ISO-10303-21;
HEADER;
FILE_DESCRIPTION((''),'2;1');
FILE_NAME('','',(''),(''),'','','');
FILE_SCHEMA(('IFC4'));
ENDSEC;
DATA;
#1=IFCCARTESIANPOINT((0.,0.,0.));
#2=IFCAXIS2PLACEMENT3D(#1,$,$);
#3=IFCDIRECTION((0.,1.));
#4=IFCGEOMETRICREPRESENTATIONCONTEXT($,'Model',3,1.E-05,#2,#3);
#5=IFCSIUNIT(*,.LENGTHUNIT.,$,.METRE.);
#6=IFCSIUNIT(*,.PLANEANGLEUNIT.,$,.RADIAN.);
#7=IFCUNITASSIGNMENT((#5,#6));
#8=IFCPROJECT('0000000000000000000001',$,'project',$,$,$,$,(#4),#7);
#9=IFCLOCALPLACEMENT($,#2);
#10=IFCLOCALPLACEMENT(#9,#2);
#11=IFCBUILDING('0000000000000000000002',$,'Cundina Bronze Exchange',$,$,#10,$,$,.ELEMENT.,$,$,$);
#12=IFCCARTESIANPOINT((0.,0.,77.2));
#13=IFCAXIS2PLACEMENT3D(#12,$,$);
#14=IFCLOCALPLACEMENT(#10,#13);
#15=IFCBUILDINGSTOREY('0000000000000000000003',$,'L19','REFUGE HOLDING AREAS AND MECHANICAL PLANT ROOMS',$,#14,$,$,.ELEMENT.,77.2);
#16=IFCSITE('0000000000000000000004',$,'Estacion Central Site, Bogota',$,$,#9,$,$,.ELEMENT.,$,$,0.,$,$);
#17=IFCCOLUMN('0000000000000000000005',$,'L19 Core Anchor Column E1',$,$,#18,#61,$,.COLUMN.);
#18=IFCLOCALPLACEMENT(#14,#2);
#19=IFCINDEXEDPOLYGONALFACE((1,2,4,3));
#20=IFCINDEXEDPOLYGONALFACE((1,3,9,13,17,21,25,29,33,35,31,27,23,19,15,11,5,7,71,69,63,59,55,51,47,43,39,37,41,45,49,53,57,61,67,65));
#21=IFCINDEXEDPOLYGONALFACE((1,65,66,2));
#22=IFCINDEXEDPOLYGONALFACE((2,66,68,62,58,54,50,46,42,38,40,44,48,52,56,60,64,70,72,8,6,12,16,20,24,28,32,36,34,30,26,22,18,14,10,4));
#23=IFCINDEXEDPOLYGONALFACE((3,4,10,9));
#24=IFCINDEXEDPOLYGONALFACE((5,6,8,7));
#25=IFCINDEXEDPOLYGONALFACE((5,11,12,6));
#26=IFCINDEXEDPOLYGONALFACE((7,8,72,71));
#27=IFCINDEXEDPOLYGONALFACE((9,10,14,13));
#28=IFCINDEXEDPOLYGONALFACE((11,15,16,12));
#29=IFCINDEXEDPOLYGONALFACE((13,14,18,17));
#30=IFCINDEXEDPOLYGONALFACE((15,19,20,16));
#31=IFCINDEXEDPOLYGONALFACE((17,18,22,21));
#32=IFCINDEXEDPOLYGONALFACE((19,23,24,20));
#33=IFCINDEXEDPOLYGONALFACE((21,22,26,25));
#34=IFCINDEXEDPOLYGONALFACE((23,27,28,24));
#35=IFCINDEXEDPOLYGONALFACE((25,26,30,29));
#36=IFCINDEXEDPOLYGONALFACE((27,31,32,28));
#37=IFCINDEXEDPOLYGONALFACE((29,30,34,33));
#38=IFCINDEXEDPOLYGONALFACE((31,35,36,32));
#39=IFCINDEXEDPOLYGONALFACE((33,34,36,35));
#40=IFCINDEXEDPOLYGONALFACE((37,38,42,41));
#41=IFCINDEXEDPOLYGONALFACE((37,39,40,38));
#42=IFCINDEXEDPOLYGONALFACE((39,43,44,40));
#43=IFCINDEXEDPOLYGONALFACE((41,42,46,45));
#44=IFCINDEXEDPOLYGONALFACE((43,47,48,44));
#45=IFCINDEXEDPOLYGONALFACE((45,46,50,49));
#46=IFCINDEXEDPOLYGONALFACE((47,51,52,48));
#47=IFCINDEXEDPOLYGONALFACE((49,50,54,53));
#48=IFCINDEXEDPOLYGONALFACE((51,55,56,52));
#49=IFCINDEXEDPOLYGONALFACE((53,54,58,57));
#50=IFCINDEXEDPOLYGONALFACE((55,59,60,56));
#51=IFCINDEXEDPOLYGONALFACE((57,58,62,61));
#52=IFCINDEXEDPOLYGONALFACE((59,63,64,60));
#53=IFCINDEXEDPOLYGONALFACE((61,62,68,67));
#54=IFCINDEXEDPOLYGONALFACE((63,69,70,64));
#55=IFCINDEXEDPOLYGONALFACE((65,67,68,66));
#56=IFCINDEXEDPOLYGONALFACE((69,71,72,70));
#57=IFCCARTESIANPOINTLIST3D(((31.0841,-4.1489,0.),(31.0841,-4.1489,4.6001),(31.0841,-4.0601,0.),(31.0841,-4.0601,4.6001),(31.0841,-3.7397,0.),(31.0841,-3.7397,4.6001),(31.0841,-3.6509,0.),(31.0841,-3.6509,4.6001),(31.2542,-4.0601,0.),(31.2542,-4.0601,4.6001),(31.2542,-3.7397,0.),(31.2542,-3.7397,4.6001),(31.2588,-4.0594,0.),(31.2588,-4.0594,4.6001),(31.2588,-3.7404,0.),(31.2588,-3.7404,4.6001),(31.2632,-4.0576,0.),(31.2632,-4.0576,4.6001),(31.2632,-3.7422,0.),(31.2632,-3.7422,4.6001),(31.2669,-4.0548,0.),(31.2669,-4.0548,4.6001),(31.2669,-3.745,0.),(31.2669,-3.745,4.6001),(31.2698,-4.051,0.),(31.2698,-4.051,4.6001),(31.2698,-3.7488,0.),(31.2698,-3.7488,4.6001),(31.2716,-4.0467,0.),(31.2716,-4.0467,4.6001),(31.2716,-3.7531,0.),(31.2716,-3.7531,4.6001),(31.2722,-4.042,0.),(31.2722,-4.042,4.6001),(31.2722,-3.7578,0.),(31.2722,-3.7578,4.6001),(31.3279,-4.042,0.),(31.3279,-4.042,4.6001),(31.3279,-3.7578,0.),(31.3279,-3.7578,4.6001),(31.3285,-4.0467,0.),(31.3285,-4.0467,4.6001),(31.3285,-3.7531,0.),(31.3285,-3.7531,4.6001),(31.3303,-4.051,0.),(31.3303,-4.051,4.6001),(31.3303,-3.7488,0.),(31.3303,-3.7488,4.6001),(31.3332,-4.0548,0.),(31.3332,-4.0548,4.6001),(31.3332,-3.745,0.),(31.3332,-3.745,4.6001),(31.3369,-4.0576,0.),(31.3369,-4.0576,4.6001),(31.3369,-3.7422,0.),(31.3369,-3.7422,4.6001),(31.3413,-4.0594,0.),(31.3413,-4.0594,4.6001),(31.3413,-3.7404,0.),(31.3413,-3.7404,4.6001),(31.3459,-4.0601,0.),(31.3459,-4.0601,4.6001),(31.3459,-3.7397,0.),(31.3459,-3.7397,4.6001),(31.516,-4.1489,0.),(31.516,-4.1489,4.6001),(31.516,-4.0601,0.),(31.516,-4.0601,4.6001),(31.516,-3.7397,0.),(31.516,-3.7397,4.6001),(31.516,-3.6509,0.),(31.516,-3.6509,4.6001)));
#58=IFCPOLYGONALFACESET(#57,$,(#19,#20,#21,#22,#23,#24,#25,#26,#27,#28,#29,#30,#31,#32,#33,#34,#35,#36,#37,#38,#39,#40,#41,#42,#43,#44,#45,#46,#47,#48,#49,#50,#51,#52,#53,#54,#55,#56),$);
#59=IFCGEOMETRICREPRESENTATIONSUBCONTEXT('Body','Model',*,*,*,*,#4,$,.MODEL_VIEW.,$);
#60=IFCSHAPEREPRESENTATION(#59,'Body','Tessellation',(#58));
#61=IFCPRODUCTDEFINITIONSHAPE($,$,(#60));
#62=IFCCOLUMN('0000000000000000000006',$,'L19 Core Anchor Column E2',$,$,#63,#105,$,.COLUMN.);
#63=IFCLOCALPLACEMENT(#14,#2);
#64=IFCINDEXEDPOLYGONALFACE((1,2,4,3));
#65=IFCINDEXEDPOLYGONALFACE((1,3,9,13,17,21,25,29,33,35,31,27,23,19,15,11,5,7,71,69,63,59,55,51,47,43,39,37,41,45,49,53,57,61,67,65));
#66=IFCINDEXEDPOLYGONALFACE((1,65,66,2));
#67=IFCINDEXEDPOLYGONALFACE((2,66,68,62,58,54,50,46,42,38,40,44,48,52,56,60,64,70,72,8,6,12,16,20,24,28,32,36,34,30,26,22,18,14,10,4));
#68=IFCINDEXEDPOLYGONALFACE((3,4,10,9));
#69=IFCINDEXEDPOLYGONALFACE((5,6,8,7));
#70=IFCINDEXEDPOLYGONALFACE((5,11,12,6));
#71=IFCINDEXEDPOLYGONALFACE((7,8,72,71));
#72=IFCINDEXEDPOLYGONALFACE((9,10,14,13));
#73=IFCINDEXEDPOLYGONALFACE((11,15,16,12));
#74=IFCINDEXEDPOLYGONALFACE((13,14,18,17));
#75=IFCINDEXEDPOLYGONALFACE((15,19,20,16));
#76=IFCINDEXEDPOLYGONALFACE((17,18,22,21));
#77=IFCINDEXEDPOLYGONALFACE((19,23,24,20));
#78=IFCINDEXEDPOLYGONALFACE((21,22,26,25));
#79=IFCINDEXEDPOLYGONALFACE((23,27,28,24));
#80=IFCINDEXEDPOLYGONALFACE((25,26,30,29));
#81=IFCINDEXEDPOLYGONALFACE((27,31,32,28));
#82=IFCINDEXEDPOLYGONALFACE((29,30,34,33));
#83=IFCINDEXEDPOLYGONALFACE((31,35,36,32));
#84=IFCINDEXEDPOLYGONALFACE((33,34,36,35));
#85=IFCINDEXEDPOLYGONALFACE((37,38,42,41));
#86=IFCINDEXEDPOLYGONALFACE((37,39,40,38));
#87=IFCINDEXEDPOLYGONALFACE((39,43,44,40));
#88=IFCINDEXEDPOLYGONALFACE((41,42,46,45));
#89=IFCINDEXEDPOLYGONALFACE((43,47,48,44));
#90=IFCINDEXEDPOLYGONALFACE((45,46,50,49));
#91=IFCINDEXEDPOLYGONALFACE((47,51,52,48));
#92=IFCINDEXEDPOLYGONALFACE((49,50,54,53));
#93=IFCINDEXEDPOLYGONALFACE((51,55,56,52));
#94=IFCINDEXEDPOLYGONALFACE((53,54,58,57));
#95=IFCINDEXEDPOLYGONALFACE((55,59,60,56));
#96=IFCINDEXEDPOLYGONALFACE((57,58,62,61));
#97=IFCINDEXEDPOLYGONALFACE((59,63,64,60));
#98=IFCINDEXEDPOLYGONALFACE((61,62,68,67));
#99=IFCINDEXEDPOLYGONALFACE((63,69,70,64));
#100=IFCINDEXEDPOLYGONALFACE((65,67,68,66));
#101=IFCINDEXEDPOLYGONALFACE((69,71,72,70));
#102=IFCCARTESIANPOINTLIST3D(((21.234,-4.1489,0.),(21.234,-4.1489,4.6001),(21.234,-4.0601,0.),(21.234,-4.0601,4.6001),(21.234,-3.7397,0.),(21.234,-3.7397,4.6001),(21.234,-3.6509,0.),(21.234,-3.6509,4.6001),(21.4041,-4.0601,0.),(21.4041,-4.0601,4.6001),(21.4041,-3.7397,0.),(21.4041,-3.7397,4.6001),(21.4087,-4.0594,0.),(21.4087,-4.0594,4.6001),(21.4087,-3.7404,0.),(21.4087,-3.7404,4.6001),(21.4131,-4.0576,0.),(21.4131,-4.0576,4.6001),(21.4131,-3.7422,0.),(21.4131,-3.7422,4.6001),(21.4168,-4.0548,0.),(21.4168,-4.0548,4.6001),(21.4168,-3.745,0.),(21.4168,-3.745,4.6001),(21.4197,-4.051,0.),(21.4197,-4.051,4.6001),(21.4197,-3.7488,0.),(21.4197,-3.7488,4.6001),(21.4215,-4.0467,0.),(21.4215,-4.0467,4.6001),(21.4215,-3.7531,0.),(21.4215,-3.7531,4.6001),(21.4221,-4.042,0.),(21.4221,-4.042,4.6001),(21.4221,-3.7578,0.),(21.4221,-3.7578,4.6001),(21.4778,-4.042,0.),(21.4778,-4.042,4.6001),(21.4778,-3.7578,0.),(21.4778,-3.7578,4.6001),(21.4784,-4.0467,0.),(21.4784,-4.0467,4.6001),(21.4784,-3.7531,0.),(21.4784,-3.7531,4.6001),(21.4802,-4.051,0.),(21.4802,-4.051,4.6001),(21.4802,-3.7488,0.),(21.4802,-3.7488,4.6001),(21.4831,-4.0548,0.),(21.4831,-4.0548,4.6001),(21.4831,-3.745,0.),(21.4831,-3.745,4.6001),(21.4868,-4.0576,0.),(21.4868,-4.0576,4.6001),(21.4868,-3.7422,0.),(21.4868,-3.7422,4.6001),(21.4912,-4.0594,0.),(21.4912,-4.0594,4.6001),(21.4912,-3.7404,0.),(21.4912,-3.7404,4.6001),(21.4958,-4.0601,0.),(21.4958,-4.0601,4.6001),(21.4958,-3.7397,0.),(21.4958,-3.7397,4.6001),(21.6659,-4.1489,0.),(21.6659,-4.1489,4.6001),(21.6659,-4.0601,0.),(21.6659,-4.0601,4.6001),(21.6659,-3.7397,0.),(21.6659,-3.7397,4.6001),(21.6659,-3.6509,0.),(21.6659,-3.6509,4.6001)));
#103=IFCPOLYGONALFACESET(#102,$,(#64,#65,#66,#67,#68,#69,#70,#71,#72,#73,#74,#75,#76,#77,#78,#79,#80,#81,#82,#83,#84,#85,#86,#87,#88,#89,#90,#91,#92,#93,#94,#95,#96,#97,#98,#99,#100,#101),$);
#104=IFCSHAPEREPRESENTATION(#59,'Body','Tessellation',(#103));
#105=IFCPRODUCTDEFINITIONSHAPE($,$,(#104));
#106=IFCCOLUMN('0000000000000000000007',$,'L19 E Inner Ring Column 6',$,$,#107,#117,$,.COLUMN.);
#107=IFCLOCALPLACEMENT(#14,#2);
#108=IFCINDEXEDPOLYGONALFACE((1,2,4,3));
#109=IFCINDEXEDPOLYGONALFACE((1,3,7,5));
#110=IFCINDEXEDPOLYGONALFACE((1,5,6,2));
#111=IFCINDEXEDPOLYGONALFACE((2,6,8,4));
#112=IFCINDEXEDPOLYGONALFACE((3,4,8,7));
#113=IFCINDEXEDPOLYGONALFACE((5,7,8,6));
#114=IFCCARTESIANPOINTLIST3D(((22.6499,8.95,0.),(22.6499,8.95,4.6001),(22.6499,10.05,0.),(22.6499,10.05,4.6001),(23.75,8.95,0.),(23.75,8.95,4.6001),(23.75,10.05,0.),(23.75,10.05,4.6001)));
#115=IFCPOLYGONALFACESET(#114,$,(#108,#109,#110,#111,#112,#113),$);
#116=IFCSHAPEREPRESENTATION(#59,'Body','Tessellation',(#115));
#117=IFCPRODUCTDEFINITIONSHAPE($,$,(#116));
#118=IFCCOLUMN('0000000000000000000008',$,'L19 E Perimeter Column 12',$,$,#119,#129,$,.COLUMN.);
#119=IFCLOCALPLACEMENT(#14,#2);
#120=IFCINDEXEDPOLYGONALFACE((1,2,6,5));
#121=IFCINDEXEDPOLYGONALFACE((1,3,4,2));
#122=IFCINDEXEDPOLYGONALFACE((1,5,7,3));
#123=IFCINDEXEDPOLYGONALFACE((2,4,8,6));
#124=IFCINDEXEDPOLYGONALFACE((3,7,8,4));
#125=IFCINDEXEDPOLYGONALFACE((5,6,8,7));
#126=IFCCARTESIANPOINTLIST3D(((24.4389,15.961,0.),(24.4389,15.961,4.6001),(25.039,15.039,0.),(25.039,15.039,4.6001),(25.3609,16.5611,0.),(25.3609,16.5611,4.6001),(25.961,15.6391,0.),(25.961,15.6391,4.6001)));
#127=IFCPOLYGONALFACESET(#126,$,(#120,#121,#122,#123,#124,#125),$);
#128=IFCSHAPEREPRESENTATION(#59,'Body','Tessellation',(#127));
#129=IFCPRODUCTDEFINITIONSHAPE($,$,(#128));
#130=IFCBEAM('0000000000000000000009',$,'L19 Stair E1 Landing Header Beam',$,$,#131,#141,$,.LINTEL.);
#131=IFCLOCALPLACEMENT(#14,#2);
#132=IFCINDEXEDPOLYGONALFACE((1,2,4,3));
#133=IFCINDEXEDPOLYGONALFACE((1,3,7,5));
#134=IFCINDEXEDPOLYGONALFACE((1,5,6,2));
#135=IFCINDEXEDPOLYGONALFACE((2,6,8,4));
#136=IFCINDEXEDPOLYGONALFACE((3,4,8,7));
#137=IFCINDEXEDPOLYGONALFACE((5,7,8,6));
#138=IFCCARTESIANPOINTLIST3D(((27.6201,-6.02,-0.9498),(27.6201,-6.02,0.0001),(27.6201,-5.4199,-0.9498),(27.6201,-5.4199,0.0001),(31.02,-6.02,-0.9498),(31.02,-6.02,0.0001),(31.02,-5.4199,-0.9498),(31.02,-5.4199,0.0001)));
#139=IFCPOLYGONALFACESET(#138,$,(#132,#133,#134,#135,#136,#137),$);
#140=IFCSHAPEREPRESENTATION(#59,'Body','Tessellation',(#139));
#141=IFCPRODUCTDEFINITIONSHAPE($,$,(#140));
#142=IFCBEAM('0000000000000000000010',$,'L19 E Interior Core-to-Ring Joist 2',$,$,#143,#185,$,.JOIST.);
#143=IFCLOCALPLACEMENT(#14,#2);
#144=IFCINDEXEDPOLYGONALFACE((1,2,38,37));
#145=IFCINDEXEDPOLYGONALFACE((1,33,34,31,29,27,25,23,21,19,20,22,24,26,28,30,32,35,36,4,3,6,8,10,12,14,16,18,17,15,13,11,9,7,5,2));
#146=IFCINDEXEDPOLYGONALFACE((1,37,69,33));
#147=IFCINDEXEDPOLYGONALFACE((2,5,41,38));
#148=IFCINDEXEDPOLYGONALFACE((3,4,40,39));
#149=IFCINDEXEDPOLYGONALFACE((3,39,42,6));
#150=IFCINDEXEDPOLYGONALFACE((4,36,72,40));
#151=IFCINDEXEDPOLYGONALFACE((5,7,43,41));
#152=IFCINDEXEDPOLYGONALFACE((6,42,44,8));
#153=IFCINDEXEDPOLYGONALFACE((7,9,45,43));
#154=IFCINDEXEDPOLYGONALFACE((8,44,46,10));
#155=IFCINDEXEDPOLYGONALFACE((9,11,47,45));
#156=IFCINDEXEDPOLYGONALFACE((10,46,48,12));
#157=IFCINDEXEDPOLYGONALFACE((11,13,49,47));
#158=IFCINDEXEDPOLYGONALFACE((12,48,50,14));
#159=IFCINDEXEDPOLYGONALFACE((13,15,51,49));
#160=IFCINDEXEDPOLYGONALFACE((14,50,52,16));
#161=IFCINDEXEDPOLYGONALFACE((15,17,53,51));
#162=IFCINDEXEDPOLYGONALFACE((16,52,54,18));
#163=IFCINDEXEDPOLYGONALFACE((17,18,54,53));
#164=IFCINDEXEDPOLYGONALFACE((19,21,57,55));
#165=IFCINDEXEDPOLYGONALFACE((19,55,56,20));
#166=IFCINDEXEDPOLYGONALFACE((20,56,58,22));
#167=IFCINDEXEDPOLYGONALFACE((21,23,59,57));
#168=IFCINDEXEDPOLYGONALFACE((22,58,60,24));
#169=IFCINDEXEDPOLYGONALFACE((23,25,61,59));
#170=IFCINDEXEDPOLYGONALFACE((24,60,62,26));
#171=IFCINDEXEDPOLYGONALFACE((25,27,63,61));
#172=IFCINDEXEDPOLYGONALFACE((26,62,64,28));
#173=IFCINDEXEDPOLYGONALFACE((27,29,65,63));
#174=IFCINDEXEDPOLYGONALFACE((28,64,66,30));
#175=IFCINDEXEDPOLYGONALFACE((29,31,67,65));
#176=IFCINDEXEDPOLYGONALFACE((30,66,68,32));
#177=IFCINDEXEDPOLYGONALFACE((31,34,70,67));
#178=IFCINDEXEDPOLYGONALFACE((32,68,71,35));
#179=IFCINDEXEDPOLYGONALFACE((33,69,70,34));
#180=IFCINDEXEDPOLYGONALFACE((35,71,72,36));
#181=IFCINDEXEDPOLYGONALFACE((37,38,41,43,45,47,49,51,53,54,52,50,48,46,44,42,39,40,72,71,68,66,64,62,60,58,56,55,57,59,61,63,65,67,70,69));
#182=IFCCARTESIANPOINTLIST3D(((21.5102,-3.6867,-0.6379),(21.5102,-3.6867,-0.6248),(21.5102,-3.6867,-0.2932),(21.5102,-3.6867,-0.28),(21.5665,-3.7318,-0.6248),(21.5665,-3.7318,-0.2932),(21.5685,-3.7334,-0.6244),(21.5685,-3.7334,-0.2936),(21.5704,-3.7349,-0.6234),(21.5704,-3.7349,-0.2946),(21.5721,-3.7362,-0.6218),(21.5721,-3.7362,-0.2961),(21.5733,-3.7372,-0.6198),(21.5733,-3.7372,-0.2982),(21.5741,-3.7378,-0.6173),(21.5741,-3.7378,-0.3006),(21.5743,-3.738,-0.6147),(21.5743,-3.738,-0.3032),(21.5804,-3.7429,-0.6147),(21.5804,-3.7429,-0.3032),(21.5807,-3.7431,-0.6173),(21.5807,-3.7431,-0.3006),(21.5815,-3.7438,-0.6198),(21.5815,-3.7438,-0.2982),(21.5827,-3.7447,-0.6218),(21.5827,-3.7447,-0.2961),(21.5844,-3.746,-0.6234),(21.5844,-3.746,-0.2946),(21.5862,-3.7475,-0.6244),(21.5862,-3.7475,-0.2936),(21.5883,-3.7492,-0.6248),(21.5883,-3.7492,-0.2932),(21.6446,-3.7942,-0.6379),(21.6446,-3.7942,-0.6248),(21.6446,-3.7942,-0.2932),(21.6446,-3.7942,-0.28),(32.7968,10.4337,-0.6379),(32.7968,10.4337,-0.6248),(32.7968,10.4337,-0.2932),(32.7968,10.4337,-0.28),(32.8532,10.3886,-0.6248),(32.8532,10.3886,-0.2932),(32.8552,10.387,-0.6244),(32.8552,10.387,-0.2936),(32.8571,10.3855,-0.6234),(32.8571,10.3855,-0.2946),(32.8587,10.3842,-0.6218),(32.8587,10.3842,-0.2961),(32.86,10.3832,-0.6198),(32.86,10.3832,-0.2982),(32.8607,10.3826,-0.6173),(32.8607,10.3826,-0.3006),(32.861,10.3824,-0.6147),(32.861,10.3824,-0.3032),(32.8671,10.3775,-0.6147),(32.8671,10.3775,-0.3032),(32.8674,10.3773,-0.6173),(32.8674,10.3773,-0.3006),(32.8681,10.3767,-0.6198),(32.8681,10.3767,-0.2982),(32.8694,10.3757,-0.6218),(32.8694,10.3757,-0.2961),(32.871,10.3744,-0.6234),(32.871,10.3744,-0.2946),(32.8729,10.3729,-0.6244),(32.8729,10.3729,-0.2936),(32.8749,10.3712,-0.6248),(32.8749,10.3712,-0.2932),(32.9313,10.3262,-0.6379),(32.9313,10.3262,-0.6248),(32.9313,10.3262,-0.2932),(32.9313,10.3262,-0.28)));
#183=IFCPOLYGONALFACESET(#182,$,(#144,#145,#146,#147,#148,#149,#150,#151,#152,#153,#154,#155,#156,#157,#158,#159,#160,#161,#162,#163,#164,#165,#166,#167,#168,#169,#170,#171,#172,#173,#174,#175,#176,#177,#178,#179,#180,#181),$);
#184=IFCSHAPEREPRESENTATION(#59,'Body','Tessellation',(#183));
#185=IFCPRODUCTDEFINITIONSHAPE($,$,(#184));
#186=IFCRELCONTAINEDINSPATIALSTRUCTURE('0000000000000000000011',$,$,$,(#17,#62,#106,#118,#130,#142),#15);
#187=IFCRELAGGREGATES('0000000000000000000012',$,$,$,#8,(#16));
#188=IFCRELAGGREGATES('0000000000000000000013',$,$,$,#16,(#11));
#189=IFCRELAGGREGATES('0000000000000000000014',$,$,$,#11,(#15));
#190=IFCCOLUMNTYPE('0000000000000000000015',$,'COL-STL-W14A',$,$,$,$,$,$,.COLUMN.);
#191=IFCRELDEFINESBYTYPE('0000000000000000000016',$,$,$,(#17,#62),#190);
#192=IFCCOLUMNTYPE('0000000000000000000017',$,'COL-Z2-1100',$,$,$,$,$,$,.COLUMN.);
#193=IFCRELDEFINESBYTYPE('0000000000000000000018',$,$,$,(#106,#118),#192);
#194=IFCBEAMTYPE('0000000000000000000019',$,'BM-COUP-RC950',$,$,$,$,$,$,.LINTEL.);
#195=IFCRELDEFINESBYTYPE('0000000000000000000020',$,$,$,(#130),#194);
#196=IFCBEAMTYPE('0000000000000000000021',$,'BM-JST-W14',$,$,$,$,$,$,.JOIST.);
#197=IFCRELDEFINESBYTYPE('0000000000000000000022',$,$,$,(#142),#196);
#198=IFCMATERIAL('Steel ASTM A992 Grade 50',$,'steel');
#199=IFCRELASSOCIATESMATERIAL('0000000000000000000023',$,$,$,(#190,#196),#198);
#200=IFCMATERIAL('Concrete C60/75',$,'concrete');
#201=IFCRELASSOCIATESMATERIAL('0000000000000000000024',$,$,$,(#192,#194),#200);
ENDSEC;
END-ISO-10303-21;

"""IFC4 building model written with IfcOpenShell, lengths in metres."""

from ifc_helpers import new_model, si_unit, direction, frame, origin, origin_2d, place, context, subcontext, project, spatial, rectangle, i_section, extrude, material, material_profile, profile_set, type_object, element, save


model = new_model("IFC4")

# Units and contexts
model_context = context("Model", 3, precision=1e-05, world=origin(), true_north=direction((0.0, 1.0)))
body_context = subcontext(model_context, "Body", "Model", "MODEL_VIEW")
ifc_project = project(units=[si_unit("LENGTHUNIT", "METRE"), si_unit("PLANEANGLEUNIT", "RADIAN")], contexts=[model_context])

# Site, building, storey
site_placement = place(None, origin())
site = spatial("IfcSite", under=ifc_project, at=site_placement, Name="Estacion Central Site, Bogota", CompositionType="ELEMENT", RefElevation=0.0)
building_placement = place(site_placement, origin())
building = spatial("IfcBuilding", under=site, at=building_placement, Name="Cundina Bronze Exchange", CompositionType="ELEMENT")
storey_placement = place(building_placement, frame((0.0, 0.0, 77.2)))
storey = spatial("IfcBuildingStorey", under=building, at=storey_placement, Name="L19", Description="REFUGE HOLDING AREAS AND MECHANICAL PLANT ROOMS", CompositionType="ELEMENT", Elevation=77.2)

# Columns
ifc_material_1 = material(Name="Steel ASTM A992 Grade 50", Category="steel")
ifc_material_profile_1 = material_profile(ifc_material_1, i_section(OverallWidth=0.4319, OverallDepth=0.498, WebThickness=0.0557, FlangeThickness=0.0889, FilletRadius=0.0181, at=origin_2d()), Name="W14X500", Category="steel")
ifc_profile_set_1 = profile_set([ifc_material_profile_1], Name="Steel ASTM A992 Grade 50")
column_type_1 = type_object("IfcColumnType", Name="COL-STL-W14A", PredefinedType="COLUMN", material=ifc_profile_set_1)
for number, where, z_axis, x_axis, name in (
    (1, (31.3, -3.8999, 0.0), (0.0, 0.0, 1.0), (1.0, 0.0, 0.0), "L19 Core Anchor Column E1"),
    (2, (21.45, -3.8999, 0.0), (0.0, 0.0, 1.0), (1.0, 0.0, 0.0), "L19 Core Anchor Column E2"),
):
    element("IfcColumn", number, at=place(storey_placement, frame(where, z_axis=z_axis, x_axis=x_axis)), inside=storey, type_object=column_type_1, Name=name, PredefinedType="COLUMN", context=body_context, shape_type="SweptSolid", body=[
        extrude(i_section(OverallWidth=0.4319, OverallDepth=0.498, WebThickness=0.0557, FlangeThickness=0.0889, FilletRadius=0.0181, at=origin_2d()), origin(), (0.0, 0.0, 1.0), 4.6001),
    ])
ifc_material_2 = material(Name="Concrete C60/75", Category="concrete")
ifc_material_profile_2 = material_profile(ifc_material_2, rectangle(XDim=1.1001, YDim=1.1001, at=origin_2d()), Name="RC1100X1100", Category="concrete")
ifc_profile_set_2 = profile_set([ifc_material_profile_2], Name="Concrete C60/75")
column_type_2 = type_object("IfcColumnType", Name="COL-Z2-1100", PredefinedType="COLUMN", material=ifc_profile_set_2)
for number, where, z_axis, x_axis, name in (
    (3, (23.2, 9.5, 0.0), (0.0, 0.0, 1.0), (1.0, 0.0, 0.0), "L19 E Inner Ring Column 6"),
    (4, (25.2, 15.8, 0.0), (0.0, 0.0, 1.0), (-0.8381, -0.545517, 0.0), "L19 E Perimeter Column 12"),
):
    element("IfcColumn", number, at=place(storey_placement, frame(where, z_axis=z_axis, x_axis=x_axis)), inside=storey, type_object=column_type_2, Name=name, PredefinedType="COLUMN", context=body_context, shape_type="SweptSolid", body=[
        extrude(rectangle(XDim=1.1001, YDim=1.1001, at=origin_2d()), origin(), (0.0, 0.0, 1.0), 4.6001),
    ])

# Beams
ifc_material_profile_3 = material_profile(ifc_material_2, rectangle(XDim=0.6001, YDim=0.95, at=origin_2d()), Name="RC600X950", Category="concrete")
ifc_profile_set_3 = profile_set([ifc_material_profile_3], Name="Concrete C60/75")
beam_type_1 = type_object("IfcBeamType", Name="BM-COUP-RC950", PredefinedType="LINTEL", material=ifc_profile_set_3)
beam_1_placement = place(storey_placement, frame((27.6201, -5.72, -0.4749), z_axis=(1.0, 0.0, 0.0), x_axis=(0.0, 1.0, 0.0)))
element("IfcBeam", 5, at=beam_1_placement, inside=storey, type_object=beam_type_1, Name="L19 Stair E1 Landing Header Beam", PredefinedType="LINTEL", context=body_context, shape_type="SweptSolid", body=[
    extrude(rectangle(XDim=0.6001, YDim=0.95, at=origin_2d()), origin(), (0.0, 0.0, 1.0), 3.3999),
])
ifc_material_profile_4 = material_profile(ifc_material_1, i_section(OverallWidth=0.1721, OverallDepth=0.3579, WebThickness=0.0078, FlangeThickness=0.0132, FilletRadius=0.01, at=origin_2d()), Name="W14X38", Category="steel")
ifc_profile_set_4 = profile_set([ifc_material_profile_4], Name="Steel ASTM A992 Grade 50")
beam_type_2 = type_object("IfcBeamType", Name="BM-JST-W14", PredefinedType="JOIST", material=ifc_profile_set_4)
beam_2_placement = place(storey_placement, frame((21.5774, -3.7405, -0.459), z_axis=(0.624369, 0.78113, 0.0), x_axis=(-0.78113, 0.624369, 0.0)))
element("IfcBeam", 6, at=beam_2_placement, inside=storey, type_object=beam_type_2, Name="L19 E Interior Core-to-Ring Joist 2", PredefinedType="JOIST", context=body_context, shape_type="SweptSolid", body=[
    extrude(i_section(OverallWidth=0.1721, OverallDepth=0.3579, WebThickness=0.0078, FlangeThickness=0.0132, FilletRadius=0.01, at=origin_2d()), origin(), (0.0, 0.0, 1.0), 18.0769),
])

save(model, "model.ifc")
